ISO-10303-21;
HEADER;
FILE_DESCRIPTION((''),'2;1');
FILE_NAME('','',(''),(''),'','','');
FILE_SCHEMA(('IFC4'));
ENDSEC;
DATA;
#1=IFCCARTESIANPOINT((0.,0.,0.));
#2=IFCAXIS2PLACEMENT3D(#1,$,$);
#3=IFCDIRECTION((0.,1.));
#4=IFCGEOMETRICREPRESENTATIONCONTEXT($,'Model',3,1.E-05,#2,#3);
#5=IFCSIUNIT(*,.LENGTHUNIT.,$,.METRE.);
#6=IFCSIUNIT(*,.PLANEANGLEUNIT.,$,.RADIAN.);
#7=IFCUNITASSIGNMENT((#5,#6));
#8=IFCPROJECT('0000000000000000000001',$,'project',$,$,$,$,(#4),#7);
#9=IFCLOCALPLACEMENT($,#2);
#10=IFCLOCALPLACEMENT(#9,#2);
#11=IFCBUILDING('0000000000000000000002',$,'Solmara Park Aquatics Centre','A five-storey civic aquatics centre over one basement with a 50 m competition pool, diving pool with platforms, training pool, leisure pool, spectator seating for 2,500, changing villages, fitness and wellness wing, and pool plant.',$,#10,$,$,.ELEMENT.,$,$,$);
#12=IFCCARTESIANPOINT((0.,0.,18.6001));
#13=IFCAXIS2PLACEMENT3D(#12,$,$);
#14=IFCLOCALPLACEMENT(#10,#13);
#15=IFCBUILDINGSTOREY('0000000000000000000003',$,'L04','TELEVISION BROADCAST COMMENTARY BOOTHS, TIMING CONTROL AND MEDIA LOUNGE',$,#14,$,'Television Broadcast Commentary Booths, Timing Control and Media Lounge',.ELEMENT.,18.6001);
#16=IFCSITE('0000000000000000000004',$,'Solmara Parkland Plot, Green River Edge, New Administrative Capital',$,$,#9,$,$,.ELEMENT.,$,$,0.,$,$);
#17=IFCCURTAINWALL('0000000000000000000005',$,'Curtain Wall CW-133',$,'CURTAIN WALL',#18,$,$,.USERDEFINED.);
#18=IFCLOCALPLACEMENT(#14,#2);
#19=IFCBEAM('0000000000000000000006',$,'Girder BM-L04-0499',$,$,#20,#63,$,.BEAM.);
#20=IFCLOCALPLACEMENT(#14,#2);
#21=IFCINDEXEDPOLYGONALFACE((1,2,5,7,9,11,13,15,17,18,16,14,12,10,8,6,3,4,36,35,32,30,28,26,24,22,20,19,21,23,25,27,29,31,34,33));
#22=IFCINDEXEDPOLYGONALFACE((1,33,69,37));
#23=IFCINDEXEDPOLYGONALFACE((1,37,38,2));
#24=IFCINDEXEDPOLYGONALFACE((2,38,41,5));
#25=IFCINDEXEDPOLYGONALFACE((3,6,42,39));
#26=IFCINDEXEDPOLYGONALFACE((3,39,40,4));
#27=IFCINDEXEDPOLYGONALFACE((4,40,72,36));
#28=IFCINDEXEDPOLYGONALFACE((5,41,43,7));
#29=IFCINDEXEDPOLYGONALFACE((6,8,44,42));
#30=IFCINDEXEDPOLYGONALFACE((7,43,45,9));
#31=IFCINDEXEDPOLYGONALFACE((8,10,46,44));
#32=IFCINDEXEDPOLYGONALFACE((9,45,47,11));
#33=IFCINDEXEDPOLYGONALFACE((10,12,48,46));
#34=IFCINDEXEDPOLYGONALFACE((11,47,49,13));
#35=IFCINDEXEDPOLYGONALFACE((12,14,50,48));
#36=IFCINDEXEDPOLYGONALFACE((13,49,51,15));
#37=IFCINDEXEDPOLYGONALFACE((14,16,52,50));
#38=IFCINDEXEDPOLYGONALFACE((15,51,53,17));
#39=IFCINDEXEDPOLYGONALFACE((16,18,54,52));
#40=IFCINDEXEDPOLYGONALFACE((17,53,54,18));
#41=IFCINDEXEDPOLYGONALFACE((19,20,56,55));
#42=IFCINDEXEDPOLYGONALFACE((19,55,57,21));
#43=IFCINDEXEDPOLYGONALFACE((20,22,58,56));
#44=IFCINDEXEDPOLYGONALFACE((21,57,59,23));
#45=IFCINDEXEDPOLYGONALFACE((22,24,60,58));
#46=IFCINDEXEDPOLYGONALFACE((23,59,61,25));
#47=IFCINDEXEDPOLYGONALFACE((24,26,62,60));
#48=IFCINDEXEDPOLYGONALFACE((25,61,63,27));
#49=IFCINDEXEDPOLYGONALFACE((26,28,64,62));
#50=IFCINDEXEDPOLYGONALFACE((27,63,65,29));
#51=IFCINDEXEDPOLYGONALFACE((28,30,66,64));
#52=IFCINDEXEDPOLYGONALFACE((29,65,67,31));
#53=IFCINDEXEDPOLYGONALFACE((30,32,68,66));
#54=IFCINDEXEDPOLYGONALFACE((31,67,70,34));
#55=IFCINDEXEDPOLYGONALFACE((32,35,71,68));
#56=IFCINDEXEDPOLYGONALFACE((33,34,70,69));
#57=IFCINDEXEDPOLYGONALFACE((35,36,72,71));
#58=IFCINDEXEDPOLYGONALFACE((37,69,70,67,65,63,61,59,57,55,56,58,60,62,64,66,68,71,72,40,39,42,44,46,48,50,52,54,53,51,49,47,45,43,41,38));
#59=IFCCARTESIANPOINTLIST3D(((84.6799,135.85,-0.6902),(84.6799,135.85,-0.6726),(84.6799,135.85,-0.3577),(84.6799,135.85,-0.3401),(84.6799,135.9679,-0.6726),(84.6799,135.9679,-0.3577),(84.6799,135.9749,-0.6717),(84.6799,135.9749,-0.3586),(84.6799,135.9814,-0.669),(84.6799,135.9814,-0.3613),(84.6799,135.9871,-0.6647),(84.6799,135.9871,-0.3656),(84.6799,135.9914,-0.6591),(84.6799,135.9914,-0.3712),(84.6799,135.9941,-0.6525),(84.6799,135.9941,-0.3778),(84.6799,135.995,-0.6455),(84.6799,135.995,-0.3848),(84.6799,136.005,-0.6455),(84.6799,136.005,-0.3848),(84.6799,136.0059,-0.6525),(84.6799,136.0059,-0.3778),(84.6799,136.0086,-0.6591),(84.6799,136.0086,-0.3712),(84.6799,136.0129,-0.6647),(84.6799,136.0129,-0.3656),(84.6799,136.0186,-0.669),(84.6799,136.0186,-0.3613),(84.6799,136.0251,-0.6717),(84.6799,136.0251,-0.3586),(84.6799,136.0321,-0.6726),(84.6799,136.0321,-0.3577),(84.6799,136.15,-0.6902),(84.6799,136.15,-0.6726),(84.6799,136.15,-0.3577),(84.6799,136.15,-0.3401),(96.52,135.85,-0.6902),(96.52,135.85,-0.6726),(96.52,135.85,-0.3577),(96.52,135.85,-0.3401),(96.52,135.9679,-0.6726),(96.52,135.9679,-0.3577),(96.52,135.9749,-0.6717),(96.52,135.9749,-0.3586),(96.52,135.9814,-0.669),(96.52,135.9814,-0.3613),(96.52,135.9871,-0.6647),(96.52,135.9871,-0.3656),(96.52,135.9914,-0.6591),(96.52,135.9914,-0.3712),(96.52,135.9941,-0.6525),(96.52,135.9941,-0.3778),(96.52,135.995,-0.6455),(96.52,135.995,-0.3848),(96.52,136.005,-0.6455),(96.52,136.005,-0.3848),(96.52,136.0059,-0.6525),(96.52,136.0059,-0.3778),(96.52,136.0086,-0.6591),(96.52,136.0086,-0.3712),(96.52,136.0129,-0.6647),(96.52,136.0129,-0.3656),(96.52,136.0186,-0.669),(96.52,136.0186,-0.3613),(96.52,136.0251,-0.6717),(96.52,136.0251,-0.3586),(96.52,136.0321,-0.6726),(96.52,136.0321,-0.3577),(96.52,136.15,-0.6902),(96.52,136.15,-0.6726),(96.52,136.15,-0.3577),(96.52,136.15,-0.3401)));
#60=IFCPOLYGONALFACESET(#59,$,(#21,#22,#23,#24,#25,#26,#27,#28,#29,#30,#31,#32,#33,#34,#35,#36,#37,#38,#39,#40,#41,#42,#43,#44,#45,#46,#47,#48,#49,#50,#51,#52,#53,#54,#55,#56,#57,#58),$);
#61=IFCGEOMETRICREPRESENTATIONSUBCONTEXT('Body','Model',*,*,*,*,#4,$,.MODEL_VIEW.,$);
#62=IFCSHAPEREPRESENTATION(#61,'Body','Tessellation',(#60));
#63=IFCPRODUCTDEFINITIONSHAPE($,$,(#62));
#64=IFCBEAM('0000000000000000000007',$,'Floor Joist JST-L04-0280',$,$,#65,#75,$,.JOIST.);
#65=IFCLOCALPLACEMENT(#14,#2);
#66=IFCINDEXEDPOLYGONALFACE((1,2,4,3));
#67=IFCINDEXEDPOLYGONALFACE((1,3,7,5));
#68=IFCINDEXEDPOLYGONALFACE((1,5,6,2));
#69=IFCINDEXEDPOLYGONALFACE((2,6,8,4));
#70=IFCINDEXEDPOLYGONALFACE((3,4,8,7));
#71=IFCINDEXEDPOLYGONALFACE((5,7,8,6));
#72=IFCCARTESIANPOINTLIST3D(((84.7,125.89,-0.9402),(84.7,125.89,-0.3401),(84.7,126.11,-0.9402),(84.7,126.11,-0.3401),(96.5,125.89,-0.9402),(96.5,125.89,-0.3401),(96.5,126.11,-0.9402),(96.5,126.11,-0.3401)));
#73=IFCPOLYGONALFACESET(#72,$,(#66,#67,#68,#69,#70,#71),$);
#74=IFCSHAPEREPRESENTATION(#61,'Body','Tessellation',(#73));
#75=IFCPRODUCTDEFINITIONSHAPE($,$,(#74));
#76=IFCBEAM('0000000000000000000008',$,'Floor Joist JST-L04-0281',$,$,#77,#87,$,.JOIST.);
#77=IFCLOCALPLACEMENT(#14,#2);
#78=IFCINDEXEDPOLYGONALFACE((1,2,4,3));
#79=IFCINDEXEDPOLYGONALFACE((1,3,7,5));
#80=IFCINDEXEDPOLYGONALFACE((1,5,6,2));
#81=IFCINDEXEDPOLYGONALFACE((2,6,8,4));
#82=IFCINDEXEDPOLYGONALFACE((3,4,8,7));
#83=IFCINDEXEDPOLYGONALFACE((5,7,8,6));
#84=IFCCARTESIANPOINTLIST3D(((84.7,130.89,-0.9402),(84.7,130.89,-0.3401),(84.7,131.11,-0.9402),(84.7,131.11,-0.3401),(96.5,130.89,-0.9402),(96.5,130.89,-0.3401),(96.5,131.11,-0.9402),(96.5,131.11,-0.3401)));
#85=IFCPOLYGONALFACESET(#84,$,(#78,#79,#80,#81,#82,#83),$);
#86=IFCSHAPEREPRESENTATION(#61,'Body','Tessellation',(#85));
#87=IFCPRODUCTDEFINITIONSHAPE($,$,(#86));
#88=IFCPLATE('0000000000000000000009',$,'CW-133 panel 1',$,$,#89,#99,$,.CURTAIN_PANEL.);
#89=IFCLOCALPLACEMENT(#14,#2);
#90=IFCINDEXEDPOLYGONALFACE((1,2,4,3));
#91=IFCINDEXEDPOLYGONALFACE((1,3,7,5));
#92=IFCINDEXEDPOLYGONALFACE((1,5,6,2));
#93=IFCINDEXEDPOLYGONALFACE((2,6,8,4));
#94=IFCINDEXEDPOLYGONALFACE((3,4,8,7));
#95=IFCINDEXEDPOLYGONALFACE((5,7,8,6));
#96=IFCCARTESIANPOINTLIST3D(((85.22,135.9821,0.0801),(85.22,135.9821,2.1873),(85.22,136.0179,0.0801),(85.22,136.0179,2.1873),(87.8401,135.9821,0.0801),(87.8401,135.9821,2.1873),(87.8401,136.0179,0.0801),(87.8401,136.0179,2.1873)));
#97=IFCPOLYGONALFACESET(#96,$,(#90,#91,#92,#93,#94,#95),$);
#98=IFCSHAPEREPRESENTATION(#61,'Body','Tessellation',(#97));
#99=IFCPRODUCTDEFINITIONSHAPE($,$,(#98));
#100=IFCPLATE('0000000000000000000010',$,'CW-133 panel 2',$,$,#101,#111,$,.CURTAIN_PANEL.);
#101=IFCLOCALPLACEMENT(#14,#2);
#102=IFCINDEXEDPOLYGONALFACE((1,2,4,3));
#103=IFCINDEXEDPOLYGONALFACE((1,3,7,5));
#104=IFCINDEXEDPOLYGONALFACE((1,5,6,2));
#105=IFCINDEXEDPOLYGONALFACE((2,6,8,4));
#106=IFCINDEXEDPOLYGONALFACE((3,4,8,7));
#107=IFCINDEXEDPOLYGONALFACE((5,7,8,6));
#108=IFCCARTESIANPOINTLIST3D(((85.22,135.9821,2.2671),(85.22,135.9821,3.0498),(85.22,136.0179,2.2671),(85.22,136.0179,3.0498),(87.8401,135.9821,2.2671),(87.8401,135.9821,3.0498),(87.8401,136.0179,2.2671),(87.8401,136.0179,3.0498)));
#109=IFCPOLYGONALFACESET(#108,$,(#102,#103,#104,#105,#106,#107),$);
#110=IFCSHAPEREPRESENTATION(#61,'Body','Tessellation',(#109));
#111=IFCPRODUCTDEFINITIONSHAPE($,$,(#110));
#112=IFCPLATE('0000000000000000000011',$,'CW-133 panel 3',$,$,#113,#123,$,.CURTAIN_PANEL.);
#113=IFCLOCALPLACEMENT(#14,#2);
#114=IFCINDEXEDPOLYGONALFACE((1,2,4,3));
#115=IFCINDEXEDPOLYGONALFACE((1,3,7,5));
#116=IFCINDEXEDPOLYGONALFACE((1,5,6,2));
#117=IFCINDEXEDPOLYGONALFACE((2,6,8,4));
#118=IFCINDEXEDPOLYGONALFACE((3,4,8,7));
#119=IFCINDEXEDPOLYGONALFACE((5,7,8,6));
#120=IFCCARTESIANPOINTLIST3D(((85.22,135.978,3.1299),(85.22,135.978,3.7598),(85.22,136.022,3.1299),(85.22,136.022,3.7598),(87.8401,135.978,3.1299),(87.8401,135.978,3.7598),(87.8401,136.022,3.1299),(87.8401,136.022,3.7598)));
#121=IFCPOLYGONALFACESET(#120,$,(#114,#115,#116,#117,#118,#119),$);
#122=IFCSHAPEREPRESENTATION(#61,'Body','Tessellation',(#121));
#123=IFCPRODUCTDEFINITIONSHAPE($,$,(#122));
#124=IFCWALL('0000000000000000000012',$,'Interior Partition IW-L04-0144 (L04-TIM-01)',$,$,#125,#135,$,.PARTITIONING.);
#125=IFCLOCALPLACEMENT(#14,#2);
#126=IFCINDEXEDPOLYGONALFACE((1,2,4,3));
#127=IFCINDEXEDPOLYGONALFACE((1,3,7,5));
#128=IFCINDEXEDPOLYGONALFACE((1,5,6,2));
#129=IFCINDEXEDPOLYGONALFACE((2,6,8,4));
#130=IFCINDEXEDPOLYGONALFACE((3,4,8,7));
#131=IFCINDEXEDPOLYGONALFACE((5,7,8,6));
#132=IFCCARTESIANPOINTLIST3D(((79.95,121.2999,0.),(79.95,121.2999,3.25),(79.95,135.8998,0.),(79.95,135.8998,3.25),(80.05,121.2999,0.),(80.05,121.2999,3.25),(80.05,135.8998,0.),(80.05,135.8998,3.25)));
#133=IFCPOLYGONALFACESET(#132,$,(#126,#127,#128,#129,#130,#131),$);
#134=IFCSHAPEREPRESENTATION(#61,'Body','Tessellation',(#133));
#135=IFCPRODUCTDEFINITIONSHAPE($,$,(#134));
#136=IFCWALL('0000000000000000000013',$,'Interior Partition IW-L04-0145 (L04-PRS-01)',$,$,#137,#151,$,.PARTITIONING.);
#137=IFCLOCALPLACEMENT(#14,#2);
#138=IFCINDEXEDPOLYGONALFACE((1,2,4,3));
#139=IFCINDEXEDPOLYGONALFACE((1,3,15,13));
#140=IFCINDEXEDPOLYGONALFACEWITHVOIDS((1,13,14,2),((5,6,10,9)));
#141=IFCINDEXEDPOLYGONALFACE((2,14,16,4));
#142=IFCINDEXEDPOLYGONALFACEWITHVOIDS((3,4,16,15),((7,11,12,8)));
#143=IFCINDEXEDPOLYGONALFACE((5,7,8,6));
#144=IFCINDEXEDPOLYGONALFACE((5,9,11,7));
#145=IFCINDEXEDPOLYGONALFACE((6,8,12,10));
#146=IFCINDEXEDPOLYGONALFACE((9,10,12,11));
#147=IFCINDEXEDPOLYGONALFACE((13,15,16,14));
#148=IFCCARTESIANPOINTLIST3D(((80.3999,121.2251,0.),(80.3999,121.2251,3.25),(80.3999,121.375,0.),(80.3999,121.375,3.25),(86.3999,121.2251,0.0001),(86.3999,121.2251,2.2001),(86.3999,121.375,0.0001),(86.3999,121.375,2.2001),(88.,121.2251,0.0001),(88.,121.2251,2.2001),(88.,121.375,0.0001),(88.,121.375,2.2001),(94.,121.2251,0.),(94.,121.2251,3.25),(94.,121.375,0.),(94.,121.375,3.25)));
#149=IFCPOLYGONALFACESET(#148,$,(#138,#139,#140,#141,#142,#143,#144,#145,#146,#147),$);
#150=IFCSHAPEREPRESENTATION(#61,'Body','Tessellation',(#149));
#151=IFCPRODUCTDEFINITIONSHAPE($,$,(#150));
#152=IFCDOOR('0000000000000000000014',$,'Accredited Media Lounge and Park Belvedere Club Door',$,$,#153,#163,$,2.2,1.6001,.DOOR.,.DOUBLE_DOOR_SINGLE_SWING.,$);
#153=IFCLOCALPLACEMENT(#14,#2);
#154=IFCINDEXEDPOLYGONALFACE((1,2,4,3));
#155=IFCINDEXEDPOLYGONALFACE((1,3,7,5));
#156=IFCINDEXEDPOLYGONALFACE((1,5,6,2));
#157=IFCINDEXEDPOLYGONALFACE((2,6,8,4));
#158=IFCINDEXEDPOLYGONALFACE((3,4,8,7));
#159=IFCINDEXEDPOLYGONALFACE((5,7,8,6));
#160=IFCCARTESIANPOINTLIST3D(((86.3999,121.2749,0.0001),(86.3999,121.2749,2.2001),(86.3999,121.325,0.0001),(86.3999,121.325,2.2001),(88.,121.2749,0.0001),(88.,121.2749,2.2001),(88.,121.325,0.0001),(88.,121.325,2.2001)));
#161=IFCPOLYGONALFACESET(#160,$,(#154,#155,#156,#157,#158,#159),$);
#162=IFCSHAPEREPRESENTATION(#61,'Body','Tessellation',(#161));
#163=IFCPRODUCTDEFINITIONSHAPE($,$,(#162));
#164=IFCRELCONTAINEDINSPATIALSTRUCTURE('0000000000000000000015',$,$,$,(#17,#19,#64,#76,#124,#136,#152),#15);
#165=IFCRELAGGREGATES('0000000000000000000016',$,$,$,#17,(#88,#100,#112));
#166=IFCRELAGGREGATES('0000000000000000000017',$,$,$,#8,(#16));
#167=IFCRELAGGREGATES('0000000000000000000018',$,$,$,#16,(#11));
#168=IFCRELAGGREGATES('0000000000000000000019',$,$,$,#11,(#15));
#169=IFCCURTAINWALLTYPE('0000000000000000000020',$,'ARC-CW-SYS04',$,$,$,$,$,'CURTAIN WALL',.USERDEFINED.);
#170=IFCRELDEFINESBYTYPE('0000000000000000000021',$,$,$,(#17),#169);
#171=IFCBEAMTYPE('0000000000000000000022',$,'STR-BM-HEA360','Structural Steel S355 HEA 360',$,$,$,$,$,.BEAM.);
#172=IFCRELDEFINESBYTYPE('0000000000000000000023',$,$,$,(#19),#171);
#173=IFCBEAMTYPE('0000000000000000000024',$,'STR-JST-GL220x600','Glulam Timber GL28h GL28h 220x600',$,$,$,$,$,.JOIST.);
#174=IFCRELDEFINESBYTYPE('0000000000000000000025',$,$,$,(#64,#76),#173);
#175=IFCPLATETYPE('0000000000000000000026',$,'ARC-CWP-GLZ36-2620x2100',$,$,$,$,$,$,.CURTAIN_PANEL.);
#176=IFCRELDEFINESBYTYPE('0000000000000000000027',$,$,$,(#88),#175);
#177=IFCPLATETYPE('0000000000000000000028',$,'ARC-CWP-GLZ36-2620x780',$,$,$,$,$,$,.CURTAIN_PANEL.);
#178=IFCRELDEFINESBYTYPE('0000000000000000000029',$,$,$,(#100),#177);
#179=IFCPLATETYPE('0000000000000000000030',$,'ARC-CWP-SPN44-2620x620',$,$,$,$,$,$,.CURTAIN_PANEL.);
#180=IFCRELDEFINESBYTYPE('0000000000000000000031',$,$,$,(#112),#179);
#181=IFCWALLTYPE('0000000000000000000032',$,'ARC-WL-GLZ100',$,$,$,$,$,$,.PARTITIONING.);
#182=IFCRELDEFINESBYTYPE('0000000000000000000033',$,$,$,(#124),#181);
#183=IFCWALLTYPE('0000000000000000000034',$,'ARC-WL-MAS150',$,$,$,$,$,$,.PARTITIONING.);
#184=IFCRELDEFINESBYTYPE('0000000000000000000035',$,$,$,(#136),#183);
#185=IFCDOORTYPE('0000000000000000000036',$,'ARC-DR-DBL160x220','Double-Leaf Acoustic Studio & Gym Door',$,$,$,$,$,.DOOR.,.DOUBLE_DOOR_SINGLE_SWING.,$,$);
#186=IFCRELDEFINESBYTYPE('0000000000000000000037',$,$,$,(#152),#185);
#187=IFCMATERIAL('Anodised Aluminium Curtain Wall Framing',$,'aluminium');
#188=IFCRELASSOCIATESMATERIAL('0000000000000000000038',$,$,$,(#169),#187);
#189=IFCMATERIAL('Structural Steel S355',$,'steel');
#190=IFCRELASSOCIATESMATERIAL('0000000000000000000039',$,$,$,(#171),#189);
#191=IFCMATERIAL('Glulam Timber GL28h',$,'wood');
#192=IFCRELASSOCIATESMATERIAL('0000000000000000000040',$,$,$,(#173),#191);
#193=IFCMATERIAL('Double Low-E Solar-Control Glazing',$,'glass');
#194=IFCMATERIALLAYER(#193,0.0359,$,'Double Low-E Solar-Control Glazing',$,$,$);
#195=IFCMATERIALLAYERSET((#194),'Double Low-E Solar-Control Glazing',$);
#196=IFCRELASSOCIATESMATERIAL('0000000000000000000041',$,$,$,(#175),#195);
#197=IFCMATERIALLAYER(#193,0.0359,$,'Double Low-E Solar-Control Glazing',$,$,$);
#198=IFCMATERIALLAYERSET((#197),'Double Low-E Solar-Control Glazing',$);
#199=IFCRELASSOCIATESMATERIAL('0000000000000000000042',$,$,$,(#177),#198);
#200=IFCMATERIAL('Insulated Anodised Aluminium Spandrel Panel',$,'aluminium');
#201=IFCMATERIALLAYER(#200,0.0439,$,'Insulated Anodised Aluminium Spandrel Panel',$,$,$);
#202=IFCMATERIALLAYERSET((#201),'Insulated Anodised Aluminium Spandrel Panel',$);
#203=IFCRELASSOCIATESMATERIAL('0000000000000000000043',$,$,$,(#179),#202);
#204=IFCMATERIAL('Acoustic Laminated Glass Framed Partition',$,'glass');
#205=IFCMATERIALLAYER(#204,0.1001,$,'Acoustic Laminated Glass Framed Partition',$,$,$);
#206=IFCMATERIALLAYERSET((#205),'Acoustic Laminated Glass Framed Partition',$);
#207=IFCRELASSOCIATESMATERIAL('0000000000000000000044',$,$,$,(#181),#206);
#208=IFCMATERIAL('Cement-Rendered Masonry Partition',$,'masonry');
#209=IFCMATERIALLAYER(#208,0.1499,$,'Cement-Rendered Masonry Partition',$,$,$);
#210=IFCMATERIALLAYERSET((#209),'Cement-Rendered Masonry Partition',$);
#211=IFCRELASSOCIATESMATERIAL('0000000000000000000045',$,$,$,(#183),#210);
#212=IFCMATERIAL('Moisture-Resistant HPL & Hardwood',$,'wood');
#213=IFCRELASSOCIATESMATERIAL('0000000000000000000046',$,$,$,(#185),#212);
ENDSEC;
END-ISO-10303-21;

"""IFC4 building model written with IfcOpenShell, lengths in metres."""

from ifc_helpers import new_model, si_unit, direction, frame, frame_2d, origin, origin_2d, place, context, subcontext, project, spatial, rectangle, i_section, extrude, material, layer, layer_set, material_profile, profile_set, type_object, element, fill, aggregate, save


model = new_model("IFC4")

# Units and contexts
model_context = context("Model", 3, precision=1e-05, world=origin(), true_north=direction((0.0, 1.0)))
body_context = subcontext(model_context, "Body", "Model", "MODEL_VIEW")
ifc_project = project(units=[si_unit("LENGTHUNIT", "METRE"), si_unit("PLANEANGLEUNIT", "RADIAN")], contexts=[model_context])

# Site, building, storey
site_placement = place(None, origin())
site = spatial("IfcSite", under=ifc_project, at=site_placement, Name="Solmara Parkland Plot, Green River Edge, New Administrative Capital", CompositionType="ELEMENT", RefElevation=0.0)
building_placement = place(site_placement, origin())
building = spatial("IfcBuilding", under=site, at=building_placement, Name="Solmara Park Aquatics Centre", Description="A five-storey civic aquatics centre over one basement with a 50 m competition pool, diving pool with platforms, training pool, leisure pool, spectator seating for 2,500, changing villages, fitness and wellness wing, and pool plant.", CompositionType="ELEMENT")
storey_placement = place(building_placement, frame((0.0, 0.0, 18.6001)))
storey = spatial("IfcBuildingStorey", under=building, at=storey_placement, Name="L04", Description="TELEVISION BROADCAST COMMENTARY BOOTHS, TIMING CONTROL AND MEDIA LOUNGE", LongName="Television Broadcast Commentary Booths, Timing Control and Media Lounge", CompositionType="ELEMENT", Elevation=18.6001)

# Curtain wall
ifc_material_1 = material(Name="Anodised Aluminium Curtain Wall Framing", Category="aluminium")
curtain_wall_type = type_object("IfcCurtainWallType", Name="ARC-CW-SYS04", ElementType="CURTAIN WALL", PredefinedType="USERDEFINED", material=ifc_material_1)
curtain_wall_placement = place(storey_placement, origin())
curtain_wall = element("IfcCurtainWall", 1, at=curtain_wall_placement, inside=storey, type_object=curtain_wall_type, Name="Curtain Wall CW-133", ObjectType="CURTAIN WALL", PredefinedType="USERDEFINED")

# Beams
ifc_material_2 = material(Name="Structural Steel S355", Category="steel")
ifc_material_profile_1 = material_profile(ifc_material_2, i_section(OverallWidth=0.3, OverallDepth=0.3501, WebThickness=0.01, FlangeThickness=0.0176, FilletRadius=0.0271, at=origin_2d()), Name="HEA 360")
ifc_profile_set_1 = profile_set([ifc_material_profile_1], Name="Structural Steel S355")
beam_type_1 = type_object("IfcBeamType", Name="STR-BM-HEA360", Description="Structural Steel S355 HEA 360", PredefinedType="BEAM", material=ifc_profile_set_1)
beam_placement = place(storey_placement, frame((84.6799, 136.0, -0.5151), z_axis=(1.0, 0.0, 0.0), x_axis=(0.0, 1.0, 0.0)))
element("IfcBeam", 2, at=beam_placement, inside=storey, type_object=beam_type_1, Name="Girder BM-L04-0499", PredefinedType="BEAM", context=body_context, shape_type="SweptSolid", body=[
    extrude(i_section(OverallWidth=0.3, OverallDepth=0.3501, WebThickness=0.01, FlangeThickness=0.0176, FilletRadius=0.0271, at=origin_2d()), origin(), (0.0, 0.0, 1.0), 11.8401),
])
ifc_material_3 = material(Name="Glulam Timber GL28h", Category="wood")
ifc_material_profile_2 = material_profile(ifc_material_3, rectangle(XDim=0.22, YDim=0.6001, at=origin_2d()), Name="GL28h 220x600")
ifc_profile_set_2 = profile_set([ifc_material_profile_2], Name="Glulam Timber GL28h")
beam_type_2 = type_object("IfcBeamType", Name="STR-JST-GL220x600", Description="Glulam Timber GL28h GL28h 220x600", PredefinedType="JOIST", material=ifc_profile_set_2)
for number, where, z_axis, x_axis, name in (
    (3, (84.7, 126.0, -0.6401), (1.0, 0.0, 0.0), (0.0, 1.0, 0.0), "Floor Joist JST-L04-0280"),
    (4, (84.7, 131.0, -0.6401), (1.0, 0.0, 0.0), (0.0, 1.0, 0.0), "Floor Joist JST-L04-0281"),
):
    element("IfcBeam", number, at=place(storey_placement, frame(where, z_axis=z_axis, x_axis=x_axis)), inside=storey, type_object=beam_type_2, Name=name, PredefinedType="JOIST", context=body_context, shape_type="SweptSolid", body=[
        extrude(rectangle(XDim=0.22, YDim=0.6001, at=origin_2d()), origin(), (0.0, 0.0, 1.0), 11.8),
    ])

# Plates
ifc_material_4 = material(Name="Double Low-E Solar-Control Glazing", Category="glass")
ifc_layer_1 = layer(ifc_material_4, 0.0359, Name="Double Low-E Solar-Control Glazing")
ifc_layer_set_1 = layer_set([ifc_layer_1], Name="Double Low-E Solar-Control Glazing")
plate_type_1 = type_object("IfcPlateType", Name="ARC-CWP-GLZ36-2620x2100", PredefinedType="CURTAIN_PANEL", material=ifc_layer_set_1)
plate_1_placement = place(storey_placement, frame((86.53, 136.0, 0.0801), z_axis=(0.0, 0.0, 1.0), x_axis=(1.0, 0.0, 0.0)))
plate_1 = element("IfcPlate", 5, at=plate_1_placement, type_object=plate_type_1, Name="CW-133 panel 1", PredefinedType="CURTAIN_PANEL", context=body_context, shape_type="SweptSolid", body=[
    extrude(rectangle(XDim=2.6201, YDim=0.0359, at=origin_2d()), origin(), (0.0, 0.0, 1.0), 2.1072),
])
ifc_layer_2 = layer(ifc_material_4, 0.0359, Name="Double Low-E Solar-Control Glazing")
ifc_layer_set_2 = layer_set([ifc_layer_2], Name="Double Low-E Solar-Control Glazing")
plate_type_2 = type_object("IfcPlateType", Name="ARC-CWP-GLZ36-2620x780", PredefinedType="CURTAIN_PANEL", material=ifc_layer_set_2)
plate_2_placement = place(storey_placement, frame((86.53, 136.0, 2.2671), z_axis=(0.0, 0.0, 1.0), x_axis=(1.0, 0.0, 0.0)))
plate_2 = element("IfcPlate", 6, at=plate_2_placement, type_object=plate_type_2, Name="CW-133 panel 2", PredefinedType="CURTAIN_PANEL", context=body_context, shape_type="SweptSolid", body=[
    extrude(rectangle(XDim=2.6201, YDim=0.0359, at=origin_2d()), origin(), (0.0, 0.0, 1.0), 0.7827),
])
ifc_material_5 = material(Name="Insulated Anodised Aluminium Spandrel Panel", Category="aluminium")
ifc_layer_3 = layer(ifc_material_5, 0.0439, Name="Insulated Anodised Aluminium Spandrel Panel")
ifc_layer_set_3 = layer_set([ifc_layer_3], Name="Insulated Anodised Aluminium Spandrel Panel")
plate_type_3 = type_object("IfcPlateType", Name="ARC-CWP-SPN44-2620x620", PredefinedType="CURTAIN_PANEL", material=ifc_layer_set_3)
plate_3_placement = place(storey_placement, frame((86.53, 136.0, 3.1299), z_axis=(0.0, 0.0, 1.0), x_axis=(1.0, 0.0, 0.0)))
plate_3 = element("IfcPlate", 7, at=plate_3_placement, type_object=plate_type_3, Name="CW-133 panel 3", PredefinedType="CURTAIN_PANEL", context=body_context, shape_type="SweptSolid", body=[
    extrude(rectangle(XDim=2.6201, YDim=0.0439, at=origin_2d()), origin(), (0.0, 0.0, 1.0), 0.6299),
])
aggregate(curtain_wall, [plate_1, plate_2, plate_3])

# Wall
ifc_material_6 = material(Name="Acoustic Laminated Glass Framed Partition", Category="glass")
ifc_layer_4 = layer(ifc_material_6, 0.1001, Name="Acoustic Laminated Glass Framed Partition")
ifc_layer_set_4 = layer_set([ifc_layer_4], Name="Acoustic Laminated Glass Framed Partition")
wall_type_1 = type_object("IfcWallType", Name="ARC-WL-GLZ100", PredefinedType="PARTITIONING", material=ifc_layer_set_4)
wall_1_placement = place(storey_placement, frame((80.0, 121.3, 0.0), z_axis=(0.0, 0.0, 1.0), x_axis=(0.0, 1.0, 0.0)))
element("IfcWall", 8, at=wall_1_placement, inside=storey, type_object=wall_type_1, Name="Interior Partition IW-L04-0144 (L04-TIM-01)", PredefinedType="PARTITIONING", context=body_context, shape_type="SweptSolid", body=[
    extrude(rectangle(XDim=14.5999, YDim=0.1001, at=frame_2d((7.2998, 0.0))), origin(), (0.0, 0.0, 1.0), 3.25),
])

# Wall, opening, door
ifc_material_7 = material(Name="Cement-Rendered Masonry Partition", Category="masonry")
ifc_layer_5 = layer(ifc_material_7, 0.1499, Name="Cement-Rendered Masonry Partition")
ifc_layer_set_5 = layer_set([ifc_layer_5], Name="Cement-Rendered Masonry Partition")
wall_type_2 = type_object("IfcWallType", Name="ARC-WL-MAS150", PredefinedType="PARTITIONING", material=ifc_layer_set_5)
wall_2_placement = place(storey_placement, frame((80.3999, 121.3, 0.0), z_axis=(0.0, 0.0, 1.0), x_axis=(1.0, 0.0, 0.0)))
wall_2 = element("IfcWall", 9, at=wall_2_placement, inside=storey, type_object=wall_type_2, Name="Interior Partition IW-L04-0145 (L04-PRS-01)", PredefinedType="PARTITIONING", context=body_context, shape_type="SweptSolid", body=[
    extrude(rectangle(XDim=13.6001, YDim=0.1499, at=frame_2d((6.8, 0.0))), origin(), (0.0, 0.0, 1.0), 3.25),
])
opening_placement = place(wall_2_placement, frame((6.0, 0.0, 0.0)))
opening = element("IfcOpeningElement", 10, at=opening_placement, cuts=wall_2, PredefinedType="OPENING", context=body_context, shape_type="SweptSolid", body=[
    extrude(rectangle(XDim=1.6001, YDim=2.2, at=frame_2d((0.8, 1.1001))), frame((0.0, 0.085, 0.0), z_axis=(0.0, -1.0, 0.0), x_axis=(1.0, 0.0, 0.0)), (0.0, 0.0, 1.0), 0.1699),
])
ifc_material_8 = material(Name="Moisture-Resistant HPL & Hardwood", Category="wood")
door_type = type_object("IfcDoorType", Name="ARC-DR-DBL160x220", Description="Double-Leaf Acoustic Studio & Gym Door", OperationType="DOUBLE_DOOR_SINGLE_SWING", PredefinedType="DOOR", material=ifc_material_8)
door_placement = place(opening_placement, origin())
door = element("IfcDoor", 11, at=door_placement, inside=storey, type_object=door_type, Name="Accredited Media Lounge and Park Belvedere Club Door", OperationType="DOUBLE_DOOR_SINGLE_SWING", OverallHeight=2.2, OverallWidth=1.6001, PredefinedType="DOOR", context=body_context, shape_type="SweptSolid", body=[
    extrude(rectangle(XDim=1.6001, YDim=2.2, at=frame_2d((0.8, 1.1001))), frame((0.0, 0.0249, 0.0), z_axis=(0.0, -1.0, 0.0), x_axis=(1.0, 0.0, 0.0)), (0.0, 0.0, 1.0), 0.05),
])
fill(opening, door)

save(model, "model.ifc")
